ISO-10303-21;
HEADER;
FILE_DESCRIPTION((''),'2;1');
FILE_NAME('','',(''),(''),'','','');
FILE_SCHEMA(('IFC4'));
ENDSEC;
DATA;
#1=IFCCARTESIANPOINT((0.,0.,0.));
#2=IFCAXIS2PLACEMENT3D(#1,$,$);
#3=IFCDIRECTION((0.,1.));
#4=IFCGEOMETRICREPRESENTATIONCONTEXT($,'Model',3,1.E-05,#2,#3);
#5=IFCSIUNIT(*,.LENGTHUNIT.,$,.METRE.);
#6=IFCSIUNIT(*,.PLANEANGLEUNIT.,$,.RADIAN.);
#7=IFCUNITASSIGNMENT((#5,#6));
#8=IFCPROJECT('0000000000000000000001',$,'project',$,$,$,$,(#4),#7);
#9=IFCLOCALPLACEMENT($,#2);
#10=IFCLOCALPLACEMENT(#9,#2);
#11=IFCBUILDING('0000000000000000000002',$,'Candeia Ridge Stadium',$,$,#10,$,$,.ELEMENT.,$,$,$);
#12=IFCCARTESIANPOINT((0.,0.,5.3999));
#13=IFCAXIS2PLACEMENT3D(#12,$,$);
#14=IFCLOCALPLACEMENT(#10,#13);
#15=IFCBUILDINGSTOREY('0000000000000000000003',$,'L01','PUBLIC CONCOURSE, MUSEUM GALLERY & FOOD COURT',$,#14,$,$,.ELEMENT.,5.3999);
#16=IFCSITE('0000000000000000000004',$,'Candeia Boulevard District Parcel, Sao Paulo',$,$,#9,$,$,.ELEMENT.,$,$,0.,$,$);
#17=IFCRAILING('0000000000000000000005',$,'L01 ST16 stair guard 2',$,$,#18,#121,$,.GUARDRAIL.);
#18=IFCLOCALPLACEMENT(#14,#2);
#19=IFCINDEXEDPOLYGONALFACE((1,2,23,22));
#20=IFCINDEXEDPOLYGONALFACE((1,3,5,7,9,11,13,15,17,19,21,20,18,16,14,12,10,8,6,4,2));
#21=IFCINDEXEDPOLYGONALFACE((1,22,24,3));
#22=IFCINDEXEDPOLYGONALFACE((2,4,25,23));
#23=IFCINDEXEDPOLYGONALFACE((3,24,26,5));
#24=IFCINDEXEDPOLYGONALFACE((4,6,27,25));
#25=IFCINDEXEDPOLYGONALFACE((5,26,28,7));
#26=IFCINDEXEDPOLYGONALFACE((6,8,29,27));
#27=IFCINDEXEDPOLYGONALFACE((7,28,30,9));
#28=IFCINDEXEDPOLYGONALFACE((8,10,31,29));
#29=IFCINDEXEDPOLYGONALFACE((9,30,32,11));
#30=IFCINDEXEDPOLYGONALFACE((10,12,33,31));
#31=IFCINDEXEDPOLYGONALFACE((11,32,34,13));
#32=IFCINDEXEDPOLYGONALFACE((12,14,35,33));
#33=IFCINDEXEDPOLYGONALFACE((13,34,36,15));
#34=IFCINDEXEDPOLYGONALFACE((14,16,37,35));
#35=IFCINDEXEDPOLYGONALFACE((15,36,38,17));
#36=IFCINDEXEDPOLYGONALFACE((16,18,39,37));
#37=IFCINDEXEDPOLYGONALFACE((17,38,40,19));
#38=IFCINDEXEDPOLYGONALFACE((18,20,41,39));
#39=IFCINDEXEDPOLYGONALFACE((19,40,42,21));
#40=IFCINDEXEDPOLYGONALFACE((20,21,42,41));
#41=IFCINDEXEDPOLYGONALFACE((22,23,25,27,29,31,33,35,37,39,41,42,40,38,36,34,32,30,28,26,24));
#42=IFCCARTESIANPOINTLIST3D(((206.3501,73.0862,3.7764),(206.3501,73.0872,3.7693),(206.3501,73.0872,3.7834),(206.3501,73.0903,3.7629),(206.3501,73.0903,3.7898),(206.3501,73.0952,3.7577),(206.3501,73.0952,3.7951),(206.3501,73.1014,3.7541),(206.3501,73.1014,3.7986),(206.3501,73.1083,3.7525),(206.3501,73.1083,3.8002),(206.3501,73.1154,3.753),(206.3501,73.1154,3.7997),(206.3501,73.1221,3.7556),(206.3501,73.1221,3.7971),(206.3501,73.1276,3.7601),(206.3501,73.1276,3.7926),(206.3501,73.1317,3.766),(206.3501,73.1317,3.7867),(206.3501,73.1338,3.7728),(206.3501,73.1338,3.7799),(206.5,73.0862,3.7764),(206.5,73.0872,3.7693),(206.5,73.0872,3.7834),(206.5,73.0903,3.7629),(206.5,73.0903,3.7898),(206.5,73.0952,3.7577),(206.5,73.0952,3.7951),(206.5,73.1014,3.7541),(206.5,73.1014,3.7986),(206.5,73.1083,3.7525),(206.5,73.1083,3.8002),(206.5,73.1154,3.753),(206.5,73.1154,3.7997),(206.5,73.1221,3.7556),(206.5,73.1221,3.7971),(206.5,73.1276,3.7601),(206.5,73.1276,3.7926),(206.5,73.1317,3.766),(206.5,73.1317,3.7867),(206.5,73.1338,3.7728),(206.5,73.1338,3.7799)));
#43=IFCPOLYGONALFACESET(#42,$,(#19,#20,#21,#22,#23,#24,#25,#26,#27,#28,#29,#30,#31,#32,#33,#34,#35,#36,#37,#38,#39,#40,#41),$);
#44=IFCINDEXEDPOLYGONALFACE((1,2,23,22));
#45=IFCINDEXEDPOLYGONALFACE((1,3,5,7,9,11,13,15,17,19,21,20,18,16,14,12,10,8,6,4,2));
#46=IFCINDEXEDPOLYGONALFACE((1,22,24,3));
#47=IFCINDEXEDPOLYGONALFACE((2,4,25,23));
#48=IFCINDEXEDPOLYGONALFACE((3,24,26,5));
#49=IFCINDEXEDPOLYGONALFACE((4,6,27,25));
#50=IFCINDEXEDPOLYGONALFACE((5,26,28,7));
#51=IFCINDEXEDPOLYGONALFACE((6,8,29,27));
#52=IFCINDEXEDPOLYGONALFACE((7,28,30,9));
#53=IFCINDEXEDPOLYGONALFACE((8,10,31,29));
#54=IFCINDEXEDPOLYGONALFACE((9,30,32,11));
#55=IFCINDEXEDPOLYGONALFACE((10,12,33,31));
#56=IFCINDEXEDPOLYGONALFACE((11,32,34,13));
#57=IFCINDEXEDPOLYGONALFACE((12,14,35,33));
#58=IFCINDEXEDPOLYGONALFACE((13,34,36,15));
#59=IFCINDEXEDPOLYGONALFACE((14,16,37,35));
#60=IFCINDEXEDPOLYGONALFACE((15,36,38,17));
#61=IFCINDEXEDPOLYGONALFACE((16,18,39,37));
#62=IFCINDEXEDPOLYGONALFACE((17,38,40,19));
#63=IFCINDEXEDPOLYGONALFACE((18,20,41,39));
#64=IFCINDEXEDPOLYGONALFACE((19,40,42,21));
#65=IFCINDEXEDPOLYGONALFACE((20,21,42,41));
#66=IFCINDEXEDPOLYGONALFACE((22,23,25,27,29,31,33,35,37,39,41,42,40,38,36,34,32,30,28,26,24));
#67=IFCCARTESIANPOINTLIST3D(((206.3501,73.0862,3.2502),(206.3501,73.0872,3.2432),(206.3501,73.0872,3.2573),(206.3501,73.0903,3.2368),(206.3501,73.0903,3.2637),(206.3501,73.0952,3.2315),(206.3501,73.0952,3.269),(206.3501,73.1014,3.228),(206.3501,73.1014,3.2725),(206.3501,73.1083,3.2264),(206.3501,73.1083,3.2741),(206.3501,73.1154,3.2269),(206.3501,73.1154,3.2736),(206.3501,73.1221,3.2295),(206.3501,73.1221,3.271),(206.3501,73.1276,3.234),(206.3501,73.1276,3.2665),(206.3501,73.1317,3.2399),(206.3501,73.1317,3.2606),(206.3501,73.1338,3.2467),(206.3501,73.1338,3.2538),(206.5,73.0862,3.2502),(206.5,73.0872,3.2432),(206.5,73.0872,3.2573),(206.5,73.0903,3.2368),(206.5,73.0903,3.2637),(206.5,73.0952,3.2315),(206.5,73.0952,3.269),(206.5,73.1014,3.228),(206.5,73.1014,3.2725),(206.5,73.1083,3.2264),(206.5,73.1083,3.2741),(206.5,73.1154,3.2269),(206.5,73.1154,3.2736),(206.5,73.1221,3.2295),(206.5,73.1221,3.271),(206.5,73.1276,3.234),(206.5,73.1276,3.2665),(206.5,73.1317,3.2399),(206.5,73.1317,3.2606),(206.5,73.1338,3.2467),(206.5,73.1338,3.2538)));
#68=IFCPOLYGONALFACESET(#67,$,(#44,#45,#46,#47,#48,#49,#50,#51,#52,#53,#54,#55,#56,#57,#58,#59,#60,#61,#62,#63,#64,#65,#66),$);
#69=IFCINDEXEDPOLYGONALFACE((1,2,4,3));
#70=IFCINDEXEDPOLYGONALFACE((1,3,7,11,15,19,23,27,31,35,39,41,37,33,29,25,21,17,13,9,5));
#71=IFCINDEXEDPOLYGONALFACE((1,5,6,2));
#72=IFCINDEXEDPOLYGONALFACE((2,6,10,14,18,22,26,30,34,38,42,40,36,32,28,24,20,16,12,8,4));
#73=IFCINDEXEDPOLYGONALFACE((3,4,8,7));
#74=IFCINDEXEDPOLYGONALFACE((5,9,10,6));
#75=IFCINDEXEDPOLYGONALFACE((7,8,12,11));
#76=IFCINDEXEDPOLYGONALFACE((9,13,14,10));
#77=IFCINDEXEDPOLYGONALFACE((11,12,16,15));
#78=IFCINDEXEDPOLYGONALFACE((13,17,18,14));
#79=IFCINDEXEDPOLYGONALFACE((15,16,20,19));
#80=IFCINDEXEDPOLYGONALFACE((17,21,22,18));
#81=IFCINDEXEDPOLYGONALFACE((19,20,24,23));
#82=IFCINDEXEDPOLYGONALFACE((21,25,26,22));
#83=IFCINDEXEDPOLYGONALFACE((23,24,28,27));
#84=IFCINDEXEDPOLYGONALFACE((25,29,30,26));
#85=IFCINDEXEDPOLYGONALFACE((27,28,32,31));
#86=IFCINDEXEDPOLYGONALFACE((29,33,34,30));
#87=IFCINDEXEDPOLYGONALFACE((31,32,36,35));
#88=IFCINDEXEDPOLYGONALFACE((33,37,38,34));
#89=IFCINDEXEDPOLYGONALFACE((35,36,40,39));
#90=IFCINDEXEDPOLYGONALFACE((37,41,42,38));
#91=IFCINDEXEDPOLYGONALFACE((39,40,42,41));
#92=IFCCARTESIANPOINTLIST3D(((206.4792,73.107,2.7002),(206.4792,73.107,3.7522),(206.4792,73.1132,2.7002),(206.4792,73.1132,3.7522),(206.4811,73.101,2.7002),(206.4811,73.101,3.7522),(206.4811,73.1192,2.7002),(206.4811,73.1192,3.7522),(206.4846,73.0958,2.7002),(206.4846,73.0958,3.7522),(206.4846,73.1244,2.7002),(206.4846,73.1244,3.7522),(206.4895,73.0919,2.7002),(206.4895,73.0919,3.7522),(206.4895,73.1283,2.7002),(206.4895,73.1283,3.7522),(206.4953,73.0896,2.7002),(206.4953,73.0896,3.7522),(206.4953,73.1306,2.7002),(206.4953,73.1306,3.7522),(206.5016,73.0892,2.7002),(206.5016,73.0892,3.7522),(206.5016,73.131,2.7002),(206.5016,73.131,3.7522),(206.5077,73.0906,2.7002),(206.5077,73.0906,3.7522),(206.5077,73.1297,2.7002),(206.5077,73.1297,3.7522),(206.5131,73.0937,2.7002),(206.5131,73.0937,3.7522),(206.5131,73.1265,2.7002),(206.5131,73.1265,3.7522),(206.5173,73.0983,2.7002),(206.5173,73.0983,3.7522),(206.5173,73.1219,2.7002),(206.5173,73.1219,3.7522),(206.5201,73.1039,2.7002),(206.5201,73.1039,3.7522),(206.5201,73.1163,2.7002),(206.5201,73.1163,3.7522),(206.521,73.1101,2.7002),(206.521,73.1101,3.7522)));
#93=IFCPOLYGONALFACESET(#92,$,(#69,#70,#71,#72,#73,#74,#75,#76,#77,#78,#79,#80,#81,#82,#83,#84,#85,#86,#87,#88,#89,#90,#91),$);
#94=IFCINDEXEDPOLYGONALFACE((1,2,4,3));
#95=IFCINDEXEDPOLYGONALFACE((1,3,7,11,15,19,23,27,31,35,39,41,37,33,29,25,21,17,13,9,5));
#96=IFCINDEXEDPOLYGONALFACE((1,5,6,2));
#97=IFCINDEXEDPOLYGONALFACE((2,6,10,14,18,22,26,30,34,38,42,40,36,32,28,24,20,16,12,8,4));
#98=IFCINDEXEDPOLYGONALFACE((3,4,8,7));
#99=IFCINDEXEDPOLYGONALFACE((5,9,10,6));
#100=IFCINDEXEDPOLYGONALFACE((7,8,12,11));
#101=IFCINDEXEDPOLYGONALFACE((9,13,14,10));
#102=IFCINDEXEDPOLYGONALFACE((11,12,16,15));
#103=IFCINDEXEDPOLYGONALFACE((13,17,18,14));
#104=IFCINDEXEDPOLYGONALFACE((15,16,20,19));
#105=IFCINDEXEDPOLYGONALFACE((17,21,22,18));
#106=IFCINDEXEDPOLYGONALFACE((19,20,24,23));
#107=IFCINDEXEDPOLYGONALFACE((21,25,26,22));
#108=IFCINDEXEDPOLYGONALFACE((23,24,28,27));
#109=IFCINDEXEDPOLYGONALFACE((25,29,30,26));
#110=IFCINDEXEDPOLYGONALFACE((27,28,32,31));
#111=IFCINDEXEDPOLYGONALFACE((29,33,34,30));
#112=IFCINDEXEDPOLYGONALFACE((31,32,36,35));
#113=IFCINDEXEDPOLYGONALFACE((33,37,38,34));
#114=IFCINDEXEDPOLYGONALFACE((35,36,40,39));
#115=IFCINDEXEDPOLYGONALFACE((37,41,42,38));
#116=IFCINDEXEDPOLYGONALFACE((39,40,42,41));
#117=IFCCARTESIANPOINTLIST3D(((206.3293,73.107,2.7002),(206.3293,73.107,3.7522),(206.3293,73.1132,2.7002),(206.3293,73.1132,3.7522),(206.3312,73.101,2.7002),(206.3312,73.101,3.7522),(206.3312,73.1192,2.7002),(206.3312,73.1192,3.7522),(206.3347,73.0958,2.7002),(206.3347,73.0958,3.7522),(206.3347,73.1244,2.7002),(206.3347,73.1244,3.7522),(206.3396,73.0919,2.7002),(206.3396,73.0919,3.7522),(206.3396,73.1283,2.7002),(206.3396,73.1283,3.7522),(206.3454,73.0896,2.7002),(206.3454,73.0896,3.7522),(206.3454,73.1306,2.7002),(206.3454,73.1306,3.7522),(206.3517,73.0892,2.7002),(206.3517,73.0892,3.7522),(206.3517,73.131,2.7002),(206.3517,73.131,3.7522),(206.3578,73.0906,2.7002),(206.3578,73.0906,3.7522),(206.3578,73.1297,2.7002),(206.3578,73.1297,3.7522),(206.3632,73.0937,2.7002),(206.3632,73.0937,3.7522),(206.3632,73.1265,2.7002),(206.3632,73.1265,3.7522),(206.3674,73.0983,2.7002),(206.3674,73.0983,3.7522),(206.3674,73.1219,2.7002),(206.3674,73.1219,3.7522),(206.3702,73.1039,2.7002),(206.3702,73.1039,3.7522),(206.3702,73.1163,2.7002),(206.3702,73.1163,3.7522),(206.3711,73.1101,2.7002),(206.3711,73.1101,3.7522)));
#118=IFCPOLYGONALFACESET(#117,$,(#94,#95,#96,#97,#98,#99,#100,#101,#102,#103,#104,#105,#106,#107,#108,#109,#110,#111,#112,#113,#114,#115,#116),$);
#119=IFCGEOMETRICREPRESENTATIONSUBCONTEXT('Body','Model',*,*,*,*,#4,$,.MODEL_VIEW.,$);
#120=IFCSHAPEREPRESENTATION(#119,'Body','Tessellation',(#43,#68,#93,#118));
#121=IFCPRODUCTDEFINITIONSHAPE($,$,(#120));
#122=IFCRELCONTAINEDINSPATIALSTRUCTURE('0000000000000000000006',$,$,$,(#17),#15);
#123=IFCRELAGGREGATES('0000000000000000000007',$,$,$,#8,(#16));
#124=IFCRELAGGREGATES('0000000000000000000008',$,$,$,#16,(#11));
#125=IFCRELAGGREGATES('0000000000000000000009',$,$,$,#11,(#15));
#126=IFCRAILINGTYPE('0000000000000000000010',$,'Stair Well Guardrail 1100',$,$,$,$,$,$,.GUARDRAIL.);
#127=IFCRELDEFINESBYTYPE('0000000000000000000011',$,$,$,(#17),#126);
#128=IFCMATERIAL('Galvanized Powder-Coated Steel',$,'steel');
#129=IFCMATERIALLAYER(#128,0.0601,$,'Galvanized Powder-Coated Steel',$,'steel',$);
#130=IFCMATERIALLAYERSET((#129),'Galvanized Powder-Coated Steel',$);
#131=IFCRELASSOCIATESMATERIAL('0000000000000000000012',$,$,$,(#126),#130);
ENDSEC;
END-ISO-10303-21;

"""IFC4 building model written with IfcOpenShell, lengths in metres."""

from ifc_helpers import new_model, si_unit, direction, frame, origin, origin_2d, place, context, subcontext, project, spatial, circle, extrude, material, layer, layer_set, type_object, element, save


model = new_model("IFC4")

# Units and contexts
model_context = context("Model", 3, precision=1e-05, world=origin(), true_north=direction((0.0, 1.0)))
body_context = subcontext(model_context, "Body", "Model", "MODEL_VIEW")
ifc_project = project(units=[si_unit("LENGTHUNIT", "METRE"), si_unit("PLANEANGLEUNIT", "RADIAN")], contexts=[model_context])

# Site, building, storey
site_placement = place(None, origin())
site = spatial("IfcSite", under=ifc_project, at=site_placement, Name="Candeia Boulevard District Parcel, Sao Paulo", CompositionType="ELEMENT", RefElevation=0.0)
building_placement = place(site_placement, origin())
building = spatial("IfcBuilding", under=site, at=building_placement, Name="Candeia Ridge Stadium", CompositionType="ELEMENT")
storey_placement = place(building_placement, frame((0.0, 0.0, 5.3999)))
storey = spatial("IfcBuildingStorey", under=building, at=storey_placement, Name="L01", Description="PUBLIC CONCOURSE, MUSEUM GALLERY & FOOD COURT", CompositionType="ELEMENT", Elevation=5.3999)

# Railing
ifc_material_1 = material(Name="Galvanized Powder-Coated Steel", Category="steel")
ifc_layer_1 = layer(ifc_material_1, 0.0601, Name="Galvanized Powder-Coated Steel", Category="steel")
ifc_layer_set_1 = layer_set([ifc_layer_1], Name="Galvanized Powder-Coated Steel")
railing_type_1 = type_object("IfcRailingType", Name="Stair Well Guardrail 1100", PredefinedType="GUARDRAIL", material=ifc_layer_set_1)
railing_1_placement = place(storey_placement, frame((206.5, 73.1101, 2.7002)))
element("IfcRailing", 1, at=railing_1_placement, inside=storey, type_object=railing_type_1, Name="L01 ST16 stair guard 2", PredefinedType="GUARDRAIL", context=body_context, shape_type="SweptSolid", body=[
    extrude(circle(Radius=0.0239, at=origin_2d()), frame((0.0, 0.0, 1.0762), z_axis=(-1.0, 0.0, 0.0), x_axis=(0.0, -1.0, 0.0)), (0.0, 0.0, 1.0), 0.1499),
    extrude(circle(Radius=0.0239, at=origin_2d()), frame((0.0, 0.0, 0.55), z_axis=(-1.0, 0.0, 0.0), x_axis=(0.0, -1.0, 0.0)), (0.0, 0.0, 1.0), 0.1499),
    extrude(circle(Radius=0.021, at=origin_2d()), origin(), (0.0, 0.0, 1.0), 1.052),
    extrude(circle(Radius=0.021, at=origin_2d()), frame((-0.1499, 0.0, 0.0)), (0.0, 0.0, 1.0), 1.052),
])

save(model, "model.ifc")
